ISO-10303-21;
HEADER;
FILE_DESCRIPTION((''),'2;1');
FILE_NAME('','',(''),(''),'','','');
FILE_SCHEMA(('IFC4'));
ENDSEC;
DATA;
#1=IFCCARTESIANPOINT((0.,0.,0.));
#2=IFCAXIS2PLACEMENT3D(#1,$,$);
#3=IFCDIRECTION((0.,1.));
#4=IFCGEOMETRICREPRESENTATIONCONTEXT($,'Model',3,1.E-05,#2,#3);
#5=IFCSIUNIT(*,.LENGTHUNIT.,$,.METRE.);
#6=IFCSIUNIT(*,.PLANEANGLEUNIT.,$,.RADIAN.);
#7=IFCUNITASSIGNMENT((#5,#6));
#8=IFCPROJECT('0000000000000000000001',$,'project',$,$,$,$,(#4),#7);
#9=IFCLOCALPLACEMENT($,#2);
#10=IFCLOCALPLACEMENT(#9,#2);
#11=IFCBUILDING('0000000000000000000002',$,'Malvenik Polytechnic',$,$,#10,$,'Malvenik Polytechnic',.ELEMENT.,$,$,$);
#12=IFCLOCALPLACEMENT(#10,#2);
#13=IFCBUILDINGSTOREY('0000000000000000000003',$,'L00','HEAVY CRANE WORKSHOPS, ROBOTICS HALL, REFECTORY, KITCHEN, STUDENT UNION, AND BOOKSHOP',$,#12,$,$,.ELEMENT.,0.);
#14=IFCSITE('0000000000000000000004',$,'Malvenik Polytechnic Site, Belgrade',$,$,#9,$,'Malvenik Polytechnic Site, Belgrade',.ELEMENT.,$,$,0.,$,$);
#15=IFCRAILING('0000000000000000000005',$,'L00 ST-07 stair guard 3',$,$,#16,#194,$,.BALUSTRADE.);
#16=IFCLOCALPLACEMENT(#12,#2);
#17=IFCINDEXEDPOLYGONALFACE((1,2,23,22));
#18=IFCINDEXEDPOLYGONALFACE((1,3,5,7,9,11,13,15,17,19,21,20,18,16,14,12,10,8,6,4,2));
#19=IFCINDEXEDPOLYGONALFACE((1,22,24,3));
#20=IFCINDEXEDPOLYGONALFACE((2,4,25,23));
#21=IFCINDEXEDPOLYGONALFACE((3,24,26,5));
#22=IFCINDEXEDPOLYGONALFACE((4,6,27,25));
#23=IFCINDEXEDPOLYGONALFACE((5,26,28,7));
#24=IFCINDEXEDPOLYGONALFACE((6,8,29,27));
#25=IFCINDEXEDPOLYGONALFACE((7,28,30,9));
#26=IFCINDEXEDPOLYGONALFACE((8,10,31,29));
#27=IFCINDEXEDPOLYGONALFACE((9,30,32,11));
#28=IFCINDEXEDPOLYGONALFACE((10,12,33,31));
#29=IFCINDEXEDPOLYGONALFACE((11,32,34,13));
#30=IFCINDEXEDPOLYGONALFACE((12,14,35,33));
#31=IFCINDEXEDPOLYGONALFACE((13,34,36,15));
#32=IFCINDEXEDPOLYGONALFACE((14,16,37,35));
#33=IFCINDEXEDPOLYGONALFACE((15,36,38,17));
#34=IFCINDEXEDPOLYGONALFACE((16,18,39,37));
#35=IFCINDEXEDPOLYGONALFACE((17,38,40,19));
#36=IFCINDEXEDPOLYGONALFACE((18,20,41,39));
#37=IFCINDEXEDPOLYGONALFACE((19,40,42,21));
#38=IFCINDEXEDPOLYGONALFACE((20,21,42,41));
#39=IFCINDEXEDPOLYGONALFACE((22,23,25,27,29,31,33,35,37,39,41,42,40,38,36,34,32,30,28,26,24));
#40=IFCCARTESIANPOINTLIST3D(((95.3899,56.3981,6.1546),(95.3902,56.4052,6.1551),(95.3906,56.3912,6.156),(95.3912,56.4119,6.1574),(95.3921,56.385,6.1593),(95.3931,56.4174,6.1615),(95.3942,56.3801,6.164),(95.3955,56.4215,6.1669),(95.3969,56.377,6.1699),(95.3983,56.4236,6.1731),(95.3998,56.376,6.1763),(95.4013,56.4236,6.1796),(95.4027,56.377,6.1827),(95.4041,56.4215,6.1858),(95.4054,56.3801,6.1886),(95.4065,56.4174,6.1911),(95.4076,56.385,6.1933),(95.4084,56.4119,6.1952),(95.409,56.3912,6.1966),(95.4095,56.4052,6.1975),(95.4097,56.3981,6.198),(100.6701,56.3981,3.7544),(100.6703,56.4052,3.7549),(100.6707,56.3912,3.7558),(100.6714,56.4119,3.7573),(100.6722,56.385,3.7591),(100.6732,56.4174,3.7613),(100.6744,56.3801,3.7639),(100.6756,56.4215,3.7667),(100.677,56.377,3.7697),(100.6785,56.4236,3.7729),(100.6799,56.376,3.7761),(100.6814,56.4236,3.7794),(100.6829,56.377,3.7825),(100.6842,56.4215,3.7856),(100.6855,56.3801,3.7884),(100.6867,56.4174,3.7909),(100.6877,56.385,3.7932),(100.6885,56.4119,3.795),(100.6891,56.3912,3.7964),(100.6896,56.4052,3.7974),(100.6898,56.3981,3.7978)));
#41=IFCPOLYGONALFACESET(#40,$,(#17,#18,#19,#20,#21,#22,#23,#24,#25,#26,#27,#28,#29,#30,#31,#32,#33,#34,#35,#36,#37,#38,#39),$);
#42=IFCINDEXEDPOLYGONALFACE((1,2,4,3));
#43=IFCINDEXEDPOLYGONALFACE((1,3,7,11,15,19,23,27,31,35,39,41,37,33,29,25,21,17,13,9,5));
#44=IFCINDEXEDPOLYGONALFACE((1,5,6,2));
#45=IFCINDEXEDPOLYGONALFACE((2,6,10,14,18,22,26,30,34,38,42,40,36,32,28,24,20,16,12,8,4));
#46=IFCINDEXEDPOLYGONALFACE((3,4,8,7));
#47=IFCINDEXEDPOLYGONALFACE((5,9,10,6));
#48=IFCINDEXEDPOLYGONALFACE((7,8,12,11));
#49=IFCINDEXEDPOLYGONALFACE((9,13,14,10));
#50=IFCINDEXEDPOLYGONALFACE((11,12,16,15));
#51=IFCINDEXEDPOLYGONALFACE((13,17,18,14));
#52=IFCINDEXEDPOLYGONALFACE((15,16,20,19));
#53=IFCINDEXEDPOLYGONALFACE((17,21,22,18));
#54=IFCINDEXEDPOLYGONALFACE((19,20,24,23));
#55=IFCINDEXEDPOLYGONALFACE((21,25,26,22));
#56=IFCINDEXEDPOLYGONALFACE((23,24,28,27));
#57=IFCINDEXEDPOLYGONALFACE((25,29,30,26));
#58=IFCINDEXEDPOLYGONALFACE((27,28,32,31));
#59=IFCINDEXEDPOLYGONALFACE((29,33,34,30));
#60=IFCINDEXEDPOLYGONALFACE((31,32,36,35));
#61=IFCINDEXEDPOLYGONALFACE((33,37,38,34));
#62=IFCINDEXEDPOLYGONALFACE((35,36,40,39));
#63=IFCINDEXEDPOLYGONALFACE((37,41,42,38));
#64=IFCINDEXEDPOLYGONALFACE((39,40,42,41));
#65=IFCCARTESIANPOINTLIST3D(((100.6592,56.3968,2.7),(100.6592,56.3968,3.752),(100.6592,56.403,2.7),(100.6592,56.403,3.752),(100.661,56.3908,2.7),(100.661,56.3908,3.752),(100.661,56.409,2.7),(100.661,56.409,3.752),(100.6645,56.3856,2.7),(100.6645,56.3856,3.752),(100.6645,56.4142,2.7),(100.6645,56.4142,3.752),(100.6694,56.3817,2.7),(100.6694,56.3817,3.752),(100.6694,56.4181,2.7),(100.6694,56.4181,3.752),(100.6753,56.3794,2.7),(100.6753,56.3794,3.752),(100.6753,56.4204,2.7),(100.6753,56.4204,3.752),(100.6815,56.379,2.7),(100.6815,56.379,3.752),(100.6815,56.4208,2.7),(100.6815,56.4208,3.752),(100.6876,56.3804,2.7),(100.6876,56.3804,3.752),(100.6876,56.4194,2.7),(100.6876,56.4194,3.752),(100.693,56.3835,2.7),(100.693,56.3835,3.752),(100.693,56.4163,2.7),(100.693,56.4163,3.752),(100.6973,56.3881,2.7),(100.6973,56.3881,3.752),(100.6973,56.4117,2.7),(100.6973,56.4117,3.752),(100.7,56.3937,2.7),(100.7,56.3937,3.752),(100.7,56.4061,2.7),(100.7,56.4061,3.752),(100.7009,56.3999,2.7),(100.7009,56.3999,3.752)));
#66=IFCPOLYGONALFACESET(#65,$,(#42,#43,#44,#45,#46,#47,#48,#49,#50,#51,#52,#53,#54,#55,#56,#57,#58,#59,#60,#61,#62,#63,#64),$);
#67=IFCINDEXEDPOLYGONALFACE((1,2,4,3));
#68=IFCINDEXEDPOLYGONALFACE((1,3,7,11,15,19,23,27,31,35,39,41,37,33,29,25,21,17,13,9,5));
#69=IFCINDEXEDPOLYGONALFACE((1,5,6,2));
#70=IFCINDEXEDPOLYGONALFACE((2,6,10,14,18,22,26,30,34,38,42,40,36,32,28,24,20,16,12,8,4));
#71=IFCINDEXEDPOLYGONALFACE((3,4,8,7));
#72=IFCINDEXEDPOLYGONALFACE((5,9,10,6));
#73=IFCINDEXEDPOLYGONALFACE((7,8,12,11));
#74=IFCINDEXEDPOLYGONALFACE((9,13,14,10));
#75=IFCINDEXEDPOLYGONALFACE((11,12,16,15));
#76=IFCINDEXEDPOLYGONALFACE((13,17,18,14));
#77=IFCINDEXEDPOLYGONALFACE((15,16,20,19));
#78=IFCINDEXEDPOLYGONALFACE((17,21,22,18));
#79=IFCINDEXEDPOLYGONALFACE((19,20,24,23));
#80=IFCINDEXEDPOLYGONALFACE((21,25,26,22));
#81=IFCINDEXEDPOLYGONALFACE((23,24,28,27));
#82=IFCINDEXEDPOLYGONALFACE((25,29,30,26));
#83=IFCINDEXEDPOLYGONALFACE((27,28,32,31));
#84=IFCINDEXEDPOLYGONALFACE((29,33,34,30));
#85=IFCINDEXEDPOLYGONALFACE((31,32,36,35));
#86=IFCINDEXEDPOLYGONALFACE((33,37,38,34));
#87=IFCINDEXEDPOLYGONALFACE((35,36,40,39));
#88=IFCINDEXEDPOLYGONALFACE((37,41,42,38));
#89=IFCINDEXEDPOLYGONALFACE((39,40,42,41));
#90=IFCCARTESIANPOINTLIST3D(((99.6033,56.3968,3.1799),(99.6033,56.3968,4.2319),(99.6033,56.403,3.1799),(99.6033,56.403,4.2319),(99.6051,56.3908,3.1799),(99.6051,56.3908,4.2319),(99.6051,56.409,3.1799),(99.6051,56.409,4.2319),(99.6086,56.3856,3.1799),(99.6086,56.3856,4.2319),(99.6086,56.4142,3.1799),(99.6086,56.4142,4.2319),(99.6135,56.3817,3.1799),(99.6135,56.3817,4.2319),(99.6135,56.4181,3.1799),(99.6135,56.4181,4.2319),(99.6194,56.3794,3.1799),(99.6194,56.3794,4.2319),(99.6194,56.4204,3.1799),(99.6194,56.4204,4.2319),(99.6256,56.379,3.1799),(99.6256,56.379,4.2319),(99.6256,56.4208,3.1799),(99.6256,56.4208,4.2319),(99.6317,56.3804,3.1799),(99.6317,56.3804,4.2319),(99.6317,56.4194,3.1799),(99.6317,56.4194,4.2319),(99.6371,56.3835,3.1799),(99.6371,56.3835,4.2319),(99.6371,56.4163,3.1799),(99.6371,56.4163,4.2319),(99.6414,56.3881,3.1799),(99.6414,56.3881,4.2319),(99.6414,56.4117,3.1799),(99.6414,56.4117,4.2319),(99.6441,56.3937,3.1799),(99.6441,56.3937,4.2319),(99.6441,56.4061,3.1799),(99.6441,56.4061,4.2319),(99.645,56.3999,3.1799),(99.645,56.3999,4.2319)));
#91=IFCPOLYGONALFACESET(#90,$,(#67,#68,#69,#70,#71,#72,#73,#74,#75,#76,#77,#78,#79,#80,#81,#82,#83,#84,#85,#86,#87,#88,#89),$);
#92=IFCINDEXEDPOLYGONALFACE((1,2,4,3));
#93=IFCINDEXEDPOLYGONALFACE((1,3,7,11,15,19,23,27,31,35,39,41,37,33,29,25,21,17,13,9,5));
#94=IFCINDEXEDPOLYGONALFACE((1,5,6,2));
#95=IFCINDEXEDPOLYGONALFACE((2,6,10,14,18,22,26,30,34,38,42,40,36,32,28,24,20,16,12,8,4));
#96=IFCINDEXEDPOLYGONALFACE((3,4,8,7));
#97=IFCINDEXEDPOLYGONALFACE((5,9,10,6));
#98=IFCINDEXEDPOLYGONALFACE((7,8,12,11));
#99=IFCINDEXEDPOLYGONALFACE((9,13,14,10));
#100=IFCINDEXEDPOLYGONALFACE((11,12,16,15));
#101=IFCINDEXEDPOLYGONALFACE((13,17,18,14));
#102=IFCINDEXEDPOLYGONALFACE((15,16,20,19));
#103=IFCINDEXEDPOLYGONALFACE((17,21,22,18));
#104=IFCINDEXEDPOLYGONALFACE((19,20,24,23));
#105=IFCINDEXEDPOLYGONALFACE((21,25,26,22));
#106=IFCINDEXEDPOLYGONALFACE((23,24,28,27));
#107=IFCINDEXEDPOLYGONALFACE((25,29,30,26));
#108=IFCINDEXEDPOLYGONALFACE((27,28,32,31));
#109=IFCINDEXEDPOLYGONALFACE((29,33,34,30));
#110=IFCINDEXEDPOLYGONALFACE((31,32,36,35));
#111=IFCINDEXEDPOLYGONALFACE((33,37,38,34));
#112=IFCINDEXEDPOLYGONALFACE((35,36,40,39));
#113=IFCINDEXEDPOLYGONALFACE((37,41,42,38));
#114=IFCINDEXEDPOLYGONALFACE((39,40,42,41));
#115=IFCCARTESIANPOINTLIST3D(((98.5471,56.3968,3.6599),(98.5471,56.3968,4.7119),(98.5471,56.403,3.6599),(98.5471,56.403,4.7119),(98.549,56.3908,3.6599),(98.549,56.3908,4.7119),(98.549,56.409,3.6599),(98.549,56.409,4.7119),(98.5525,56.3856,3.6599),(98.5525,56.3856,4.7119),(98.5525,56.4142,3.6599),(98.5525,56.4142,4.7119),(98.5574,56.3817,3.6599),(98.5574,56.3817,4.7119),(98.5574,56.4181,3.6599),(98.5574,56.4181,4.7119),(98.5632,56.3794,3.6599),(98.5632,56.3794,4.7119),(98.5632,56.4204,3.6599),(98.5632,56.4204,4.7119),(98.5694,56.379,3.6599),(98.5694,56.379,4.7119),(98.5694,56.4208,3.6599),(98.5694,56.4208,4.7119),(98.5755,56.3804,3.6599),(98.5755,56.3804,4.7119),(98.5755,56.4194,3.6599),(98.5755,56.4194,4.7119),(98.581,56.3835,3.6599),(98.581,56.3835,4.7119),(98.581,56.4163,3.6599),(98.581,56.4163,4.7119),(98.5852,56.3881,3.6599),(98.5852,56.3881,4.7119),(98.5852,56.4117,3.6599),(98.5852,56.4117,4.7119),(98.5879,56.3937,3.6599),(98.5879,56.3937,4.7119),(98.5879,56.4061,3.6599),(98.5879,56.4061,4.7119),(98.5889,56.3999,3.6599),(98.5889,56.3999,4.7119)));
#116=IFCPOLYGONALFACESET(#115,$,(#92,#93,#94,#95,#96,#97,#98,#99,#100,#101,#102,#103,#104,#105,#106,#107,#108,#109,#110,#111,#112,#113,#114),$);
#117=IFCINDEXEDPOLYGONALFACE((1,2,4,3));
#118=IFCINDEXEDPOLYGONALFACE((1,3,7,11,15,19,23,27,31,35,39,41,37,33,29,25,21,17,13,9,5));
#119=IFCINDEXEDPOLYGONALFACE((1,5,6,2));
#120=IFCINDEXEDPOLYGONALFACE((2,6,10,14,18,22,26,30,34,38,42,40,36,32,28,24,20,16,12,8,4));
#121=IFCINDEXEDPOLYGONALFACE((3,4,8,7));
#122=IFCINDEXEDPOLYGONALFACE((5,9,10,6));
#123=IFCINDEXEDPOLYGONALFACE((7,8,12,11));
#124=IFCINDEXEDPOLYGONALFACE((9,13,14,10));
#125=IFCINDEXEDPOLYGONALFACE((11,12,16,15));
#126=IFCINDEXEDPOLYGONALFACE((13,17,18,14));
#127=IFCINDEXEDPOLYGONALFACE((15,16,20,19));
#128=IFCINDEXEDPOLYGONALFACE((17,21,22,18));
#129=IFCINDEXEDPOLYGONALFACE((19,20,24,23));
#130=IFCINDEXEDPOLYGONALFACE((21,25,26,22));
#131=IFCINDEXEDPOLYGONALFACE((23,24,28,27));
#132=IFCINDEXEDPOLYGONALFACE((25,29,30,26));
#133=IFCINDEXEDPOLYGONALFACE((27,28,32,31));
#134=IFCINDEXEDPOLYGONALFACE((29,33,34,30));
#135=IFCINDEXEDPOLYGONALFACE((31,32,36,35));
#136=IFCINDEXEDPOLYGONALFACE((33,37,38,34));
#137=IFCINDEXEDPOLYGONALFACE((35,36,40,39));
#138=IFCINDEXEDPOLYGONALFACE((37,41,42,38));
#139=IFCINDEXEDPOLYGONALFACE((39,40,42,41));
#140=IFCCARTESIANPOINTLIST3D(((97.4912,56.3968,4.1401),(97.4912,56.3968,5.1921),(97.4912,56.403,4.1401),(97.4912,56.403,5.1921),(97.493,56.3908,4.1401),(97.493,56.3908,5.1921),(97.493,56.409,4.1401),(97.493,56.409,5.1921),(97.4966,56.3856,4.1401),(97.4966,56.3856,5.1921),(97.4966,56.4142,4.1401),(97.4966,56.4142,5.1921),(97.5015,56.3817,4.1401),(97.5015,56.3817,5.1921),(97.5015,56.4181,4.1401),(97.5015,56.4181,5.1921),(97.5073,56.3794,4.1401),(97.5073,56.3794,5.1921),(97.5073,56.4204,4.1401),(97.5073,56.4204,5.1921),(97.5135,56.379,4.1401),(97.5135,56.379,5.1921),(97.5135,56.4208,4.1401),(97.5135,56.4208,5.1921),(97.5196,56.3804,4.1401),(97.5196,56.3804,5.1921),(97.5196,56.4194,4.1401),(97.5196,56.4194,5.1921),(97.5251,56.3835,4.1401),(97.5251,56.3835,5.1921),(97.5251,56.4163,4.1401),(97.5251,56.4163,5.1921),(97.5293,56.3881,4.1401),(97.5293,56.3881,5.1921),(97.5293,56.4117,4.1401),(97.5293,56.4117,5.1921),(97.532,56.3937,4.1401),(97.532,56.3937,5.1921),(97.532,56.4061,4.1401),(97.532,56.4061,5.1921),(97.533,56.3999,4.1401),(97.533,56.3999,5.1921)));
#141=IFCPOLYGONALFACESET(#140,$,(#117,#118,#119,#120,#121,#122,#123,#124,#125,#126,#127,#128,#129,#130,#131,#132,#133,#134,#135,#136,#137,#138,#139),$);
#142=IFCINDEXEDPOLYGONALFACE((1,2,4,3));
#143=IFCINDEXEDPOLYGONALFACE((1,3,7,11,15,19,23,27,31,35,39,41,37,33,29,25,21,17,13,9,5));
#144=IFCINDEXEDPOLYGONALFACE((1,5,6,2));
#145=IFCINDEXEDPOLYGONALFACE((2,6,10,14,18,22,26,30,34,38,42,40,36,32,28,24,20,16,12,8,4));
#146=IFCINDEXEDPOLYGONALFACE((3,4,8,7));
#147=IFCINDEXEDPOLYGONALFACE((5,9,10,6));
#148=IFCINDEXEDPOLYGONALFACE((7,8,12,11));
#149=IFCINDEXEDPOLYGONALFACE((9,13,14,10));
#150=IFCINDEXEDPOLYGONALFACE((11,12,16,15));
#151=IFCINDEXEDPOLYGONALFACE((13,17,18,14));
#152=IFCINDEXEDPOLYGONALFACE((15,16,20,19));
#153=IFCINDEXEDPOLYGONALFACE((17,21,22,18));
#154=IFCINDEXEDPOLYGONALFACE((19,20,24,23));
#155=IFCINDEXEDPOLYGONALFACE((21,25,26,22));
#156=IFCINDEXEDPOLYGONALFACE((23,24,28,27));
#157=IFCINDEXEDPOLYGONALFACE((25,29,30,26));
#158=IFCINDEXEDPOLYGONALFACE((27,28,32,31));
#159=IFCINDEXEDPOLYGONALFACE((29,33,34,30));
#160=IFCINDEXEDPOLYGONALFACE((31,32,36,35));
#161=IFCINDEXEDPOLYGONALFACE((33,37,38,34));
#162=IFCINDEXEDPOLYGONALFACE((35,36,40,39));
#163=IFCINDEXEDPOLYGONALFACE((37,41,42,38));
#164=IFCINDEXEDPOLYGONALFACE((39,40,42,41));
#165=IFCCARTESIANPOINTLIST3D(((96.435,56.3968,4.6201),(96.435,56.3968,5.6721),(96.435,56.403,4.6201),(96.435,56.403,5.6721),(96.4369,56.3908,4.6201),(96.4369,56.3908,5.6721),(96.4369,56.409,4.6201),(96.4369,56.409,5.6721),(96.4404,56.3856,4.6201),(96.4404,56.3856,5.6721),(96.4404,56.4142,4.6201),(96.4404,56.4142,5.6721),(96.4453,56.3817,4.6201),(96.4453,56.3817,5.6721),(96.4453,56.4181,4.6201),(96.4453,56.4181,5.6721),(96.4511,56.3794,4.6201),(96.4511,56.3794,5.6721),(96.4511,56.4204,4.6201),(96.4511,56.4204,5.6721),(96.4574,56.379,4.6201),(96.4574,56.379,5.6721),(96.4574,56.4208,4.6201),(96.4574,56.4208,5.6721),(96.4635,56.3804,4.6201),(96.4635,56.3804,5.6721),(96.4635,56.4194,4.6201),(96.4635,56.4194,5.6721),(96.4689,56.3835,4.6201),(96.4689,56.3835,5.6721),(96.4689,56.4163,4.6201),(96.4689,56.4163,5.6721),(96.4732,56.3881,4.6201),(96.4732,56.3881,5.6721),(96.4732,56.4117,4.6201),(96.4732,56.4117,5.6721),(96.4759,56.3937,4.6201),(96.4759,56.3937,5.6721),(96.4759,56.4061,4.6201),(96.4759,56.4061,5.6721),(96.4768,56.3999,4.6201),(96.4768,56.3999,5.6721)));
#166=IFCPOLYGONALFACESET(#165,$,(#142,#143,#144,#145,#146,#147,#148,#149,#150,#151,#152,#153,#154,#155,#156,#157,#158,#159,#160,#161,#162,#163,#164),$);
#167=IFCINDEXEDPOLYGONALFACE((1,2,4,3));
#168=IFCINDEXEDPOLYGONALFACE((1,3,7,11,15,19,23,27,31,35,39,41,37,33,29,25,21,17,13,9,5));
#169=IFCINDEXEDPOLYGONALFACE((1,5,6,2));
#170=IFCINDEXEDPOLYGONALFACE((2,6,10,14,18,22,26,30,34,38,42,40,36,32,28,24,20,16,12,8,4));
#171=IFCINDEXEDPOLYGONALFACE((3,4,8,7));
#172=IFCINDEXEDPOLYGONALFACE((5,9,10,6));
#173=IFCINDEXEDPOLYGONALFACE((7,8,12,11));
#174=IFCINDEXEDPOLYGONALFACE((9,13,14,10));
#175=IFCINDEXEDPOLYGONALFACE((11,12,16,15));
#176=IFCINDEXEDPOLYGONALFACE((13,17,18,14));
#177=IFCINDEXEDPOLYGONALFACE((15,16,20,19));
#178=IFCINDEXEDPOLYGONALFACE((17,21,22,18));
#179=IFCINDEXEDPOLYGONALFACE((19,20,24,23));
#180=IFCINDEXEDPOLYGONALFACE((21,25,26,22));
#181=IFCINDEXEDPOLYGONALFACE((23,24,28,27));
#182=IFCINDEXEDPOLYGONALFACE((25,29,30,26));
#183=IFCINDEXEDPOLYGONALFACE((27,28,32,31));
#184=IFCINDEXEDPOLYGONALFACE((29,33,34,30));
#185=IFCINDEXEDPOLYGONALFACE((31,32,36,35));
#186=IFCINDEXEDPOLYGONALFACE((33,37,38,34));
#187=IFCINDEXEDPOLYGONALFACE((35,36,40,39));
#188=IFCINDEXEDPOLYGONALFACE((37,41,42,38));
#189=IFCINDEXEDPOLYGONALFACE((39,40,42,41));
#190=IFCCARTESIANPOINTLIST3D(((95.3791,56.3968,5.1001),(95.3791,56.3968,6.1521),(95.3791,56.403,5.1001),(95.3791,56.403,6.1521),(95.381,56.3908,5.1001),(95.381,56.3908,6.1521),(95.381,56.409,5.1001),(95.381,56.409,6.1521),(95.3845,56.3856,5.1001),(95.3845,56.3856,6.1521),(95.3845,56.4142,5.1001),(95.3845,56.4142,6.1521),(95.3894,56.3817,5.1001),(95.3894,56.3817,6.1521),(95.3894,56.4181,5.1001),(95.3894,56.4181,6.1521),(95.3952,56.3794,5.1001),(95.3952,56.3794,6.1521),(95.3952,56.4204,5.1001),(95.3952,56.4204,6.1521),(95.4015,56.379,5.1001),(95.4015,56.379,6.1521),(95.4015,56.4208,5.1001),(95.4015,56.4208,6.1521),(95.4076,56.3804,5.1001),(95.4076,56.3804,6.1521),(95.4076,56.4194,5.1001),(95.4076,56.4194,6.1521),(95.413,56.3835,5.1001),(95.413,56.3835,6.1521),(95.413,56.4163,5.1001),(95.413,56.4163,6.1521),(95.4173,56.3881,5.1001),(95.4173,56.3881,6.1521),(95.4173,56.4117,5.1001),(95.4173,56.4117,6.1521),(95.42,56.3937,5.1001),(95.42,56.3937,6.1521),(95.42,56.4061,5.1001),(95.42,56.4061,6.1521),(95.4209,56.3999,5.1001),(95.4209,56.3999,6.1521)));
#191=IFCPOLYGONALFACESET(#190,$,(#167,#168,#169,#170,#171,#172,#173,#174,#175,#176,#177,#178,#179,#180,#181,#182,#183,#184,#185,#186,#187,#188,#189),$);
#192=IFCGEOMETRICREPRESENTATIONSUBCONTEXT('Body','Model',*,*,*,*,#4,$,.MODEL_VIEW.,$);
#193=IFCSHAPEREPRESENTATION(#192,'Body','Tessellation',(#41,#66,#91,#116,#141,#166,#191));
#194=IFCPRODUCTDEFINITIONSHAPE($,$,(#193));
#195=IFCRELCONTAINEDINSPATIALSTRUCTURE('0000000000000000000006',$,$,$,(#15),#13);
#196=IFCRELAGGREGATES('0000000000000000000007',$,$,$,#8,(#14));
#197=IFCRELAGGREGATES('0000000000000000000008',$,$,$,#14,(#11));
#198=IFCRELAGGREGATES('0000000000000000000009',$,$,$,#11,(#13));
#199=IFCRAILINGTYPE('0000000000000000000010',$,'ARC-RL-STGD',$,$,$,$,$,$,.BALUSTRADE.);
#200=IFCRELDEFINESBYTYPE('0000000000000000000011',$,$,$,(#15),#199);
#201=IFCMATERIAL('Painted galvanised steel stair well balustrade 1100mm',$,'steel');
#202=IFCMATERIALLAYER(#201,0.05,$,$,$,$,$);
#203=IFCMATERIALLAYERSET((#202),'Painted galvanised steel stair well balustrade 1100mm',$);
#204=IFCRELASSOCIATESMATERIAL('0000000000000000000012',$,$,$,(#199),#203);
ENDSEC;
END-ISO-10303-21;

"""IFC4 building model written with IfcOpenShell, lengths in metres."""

from ifc_helpers import new_model, si_unit, direction, frame, origin, origin_2d, place, context, subcontext, project, spatial, circle, extrude, material, layer, layer_set, type_object, element, save


model = new_model("IFC4")

# Units and contexts
model_context = context("Model", 3, precision=1e-05, world=origin(), true_north=direction((0.0, 1.0)))
body_context = subcontext(model_context, "Body", "Model", "MODEL_VIEW")
ifc_project = project(units=[si_unit("LENGTHUNIT", "METRE"), si_unit("PLANEANGLEUNIT", "RADIAN")], contexts=[model_context])

# Site, building, storey
site_placement = place(None, origin())
site = spatial("IfcSite", under=ifc_project, at=site_placement, Name="Malvenik Polytechnic Site, Belgrade", LongName="Malvenik Polytechnic Site, Belgrade", CompositionType="ELEMENT", RefElevation=0.0)
building_placement = place(site_placement, origin())
building = spatial("IfcBuilding", under=site, at=building_placement, Name="Malvenik Polytechnic", LongName="Malvenik Polytechnic", CompositionType="ELEMENT")
storey_placement = place(building_placement, origin())
storey = spatial("IfcBuildingStorey", under=building, at=storey_placement, Name="L00", Description="HEAVY CRANE WORKSHOPS, ROBOTICS HALL, REFECTORY, KITCHEN, STUDENT UNION, AND BOOKSHOP", CompositionType="ELEMENT", Elevation=0.0)

# Railing
ifc_material_1 = material(Name="Painted galvanised steel stair well balustrade 1100mm", Category="steel")
ifc_layer_1 = layer(ifc_material_1, 0.05)
ifc_layer_set_1 = layer_set([ifc_layer_1], Name="Painted galvanised steel stair well balustrade 1100mm")
railing_type_1 = type_object("IfcRailingType", Name="ARC-RL-STGD", PredefinedType="BALUSTRADE", material=ifc_layer_set_1)
railing_1_placement = place(storey_placement, frame((100.6799, 56.3999, 2.7)))
element("IfcRailing", 1, at=railing_1_placement, inside=storey, type_object=railing_type_1, Name="L00 ST-07 stair guard 3", PredefinedType="BALUSTRADE", context=body_context, shape_type="SweptSolid", body=[
    extrude(circle(Radius=0.0239, at=origin_2d()), frame((0.0, 0.0, 1.0762), z_axis=(-0.910358, 0.0, 0.413822), x_axis=(0.0, -1.0, 0.0)), (0.0, 0.0, 1.0), 5.8),
    extrude(circle(Radius=0.021, at=origin_2d()), origin(), (0.0, 0.0, 1.0), 1.052),
    extrude(circle(Radius=0.021, at=origin_2d()), frame((-1.0559, 0.0, 0.48)), (0.0, 0.0, 1.0), 1.052),
    extrude(circle(Radius=0.021, at=origin_2d()), frame((-2.1121, 0.0, 0.96)), (0.0, 0.0, 1.0), 1.052),
    extrude(circle(Radius=0.021, at=origin_2d()), frame((-3.168, 0.0, 1.4402)), (0.0, 0.0, 1.0), 1.052),
    extrude(circle(Radius=0.021, at=origin_2d()), frame((-4.2241, 0.0, 1.9202)), (0.0, 0.0, 1.0), 1.052),
    extrude(circle(Radius=0.021, at=origin_2d()), frame((-5.28, 0.0, 2.4001)), (0.0, 0.0, 1.0), 1.052),
])

save(model, "model.ifc")
